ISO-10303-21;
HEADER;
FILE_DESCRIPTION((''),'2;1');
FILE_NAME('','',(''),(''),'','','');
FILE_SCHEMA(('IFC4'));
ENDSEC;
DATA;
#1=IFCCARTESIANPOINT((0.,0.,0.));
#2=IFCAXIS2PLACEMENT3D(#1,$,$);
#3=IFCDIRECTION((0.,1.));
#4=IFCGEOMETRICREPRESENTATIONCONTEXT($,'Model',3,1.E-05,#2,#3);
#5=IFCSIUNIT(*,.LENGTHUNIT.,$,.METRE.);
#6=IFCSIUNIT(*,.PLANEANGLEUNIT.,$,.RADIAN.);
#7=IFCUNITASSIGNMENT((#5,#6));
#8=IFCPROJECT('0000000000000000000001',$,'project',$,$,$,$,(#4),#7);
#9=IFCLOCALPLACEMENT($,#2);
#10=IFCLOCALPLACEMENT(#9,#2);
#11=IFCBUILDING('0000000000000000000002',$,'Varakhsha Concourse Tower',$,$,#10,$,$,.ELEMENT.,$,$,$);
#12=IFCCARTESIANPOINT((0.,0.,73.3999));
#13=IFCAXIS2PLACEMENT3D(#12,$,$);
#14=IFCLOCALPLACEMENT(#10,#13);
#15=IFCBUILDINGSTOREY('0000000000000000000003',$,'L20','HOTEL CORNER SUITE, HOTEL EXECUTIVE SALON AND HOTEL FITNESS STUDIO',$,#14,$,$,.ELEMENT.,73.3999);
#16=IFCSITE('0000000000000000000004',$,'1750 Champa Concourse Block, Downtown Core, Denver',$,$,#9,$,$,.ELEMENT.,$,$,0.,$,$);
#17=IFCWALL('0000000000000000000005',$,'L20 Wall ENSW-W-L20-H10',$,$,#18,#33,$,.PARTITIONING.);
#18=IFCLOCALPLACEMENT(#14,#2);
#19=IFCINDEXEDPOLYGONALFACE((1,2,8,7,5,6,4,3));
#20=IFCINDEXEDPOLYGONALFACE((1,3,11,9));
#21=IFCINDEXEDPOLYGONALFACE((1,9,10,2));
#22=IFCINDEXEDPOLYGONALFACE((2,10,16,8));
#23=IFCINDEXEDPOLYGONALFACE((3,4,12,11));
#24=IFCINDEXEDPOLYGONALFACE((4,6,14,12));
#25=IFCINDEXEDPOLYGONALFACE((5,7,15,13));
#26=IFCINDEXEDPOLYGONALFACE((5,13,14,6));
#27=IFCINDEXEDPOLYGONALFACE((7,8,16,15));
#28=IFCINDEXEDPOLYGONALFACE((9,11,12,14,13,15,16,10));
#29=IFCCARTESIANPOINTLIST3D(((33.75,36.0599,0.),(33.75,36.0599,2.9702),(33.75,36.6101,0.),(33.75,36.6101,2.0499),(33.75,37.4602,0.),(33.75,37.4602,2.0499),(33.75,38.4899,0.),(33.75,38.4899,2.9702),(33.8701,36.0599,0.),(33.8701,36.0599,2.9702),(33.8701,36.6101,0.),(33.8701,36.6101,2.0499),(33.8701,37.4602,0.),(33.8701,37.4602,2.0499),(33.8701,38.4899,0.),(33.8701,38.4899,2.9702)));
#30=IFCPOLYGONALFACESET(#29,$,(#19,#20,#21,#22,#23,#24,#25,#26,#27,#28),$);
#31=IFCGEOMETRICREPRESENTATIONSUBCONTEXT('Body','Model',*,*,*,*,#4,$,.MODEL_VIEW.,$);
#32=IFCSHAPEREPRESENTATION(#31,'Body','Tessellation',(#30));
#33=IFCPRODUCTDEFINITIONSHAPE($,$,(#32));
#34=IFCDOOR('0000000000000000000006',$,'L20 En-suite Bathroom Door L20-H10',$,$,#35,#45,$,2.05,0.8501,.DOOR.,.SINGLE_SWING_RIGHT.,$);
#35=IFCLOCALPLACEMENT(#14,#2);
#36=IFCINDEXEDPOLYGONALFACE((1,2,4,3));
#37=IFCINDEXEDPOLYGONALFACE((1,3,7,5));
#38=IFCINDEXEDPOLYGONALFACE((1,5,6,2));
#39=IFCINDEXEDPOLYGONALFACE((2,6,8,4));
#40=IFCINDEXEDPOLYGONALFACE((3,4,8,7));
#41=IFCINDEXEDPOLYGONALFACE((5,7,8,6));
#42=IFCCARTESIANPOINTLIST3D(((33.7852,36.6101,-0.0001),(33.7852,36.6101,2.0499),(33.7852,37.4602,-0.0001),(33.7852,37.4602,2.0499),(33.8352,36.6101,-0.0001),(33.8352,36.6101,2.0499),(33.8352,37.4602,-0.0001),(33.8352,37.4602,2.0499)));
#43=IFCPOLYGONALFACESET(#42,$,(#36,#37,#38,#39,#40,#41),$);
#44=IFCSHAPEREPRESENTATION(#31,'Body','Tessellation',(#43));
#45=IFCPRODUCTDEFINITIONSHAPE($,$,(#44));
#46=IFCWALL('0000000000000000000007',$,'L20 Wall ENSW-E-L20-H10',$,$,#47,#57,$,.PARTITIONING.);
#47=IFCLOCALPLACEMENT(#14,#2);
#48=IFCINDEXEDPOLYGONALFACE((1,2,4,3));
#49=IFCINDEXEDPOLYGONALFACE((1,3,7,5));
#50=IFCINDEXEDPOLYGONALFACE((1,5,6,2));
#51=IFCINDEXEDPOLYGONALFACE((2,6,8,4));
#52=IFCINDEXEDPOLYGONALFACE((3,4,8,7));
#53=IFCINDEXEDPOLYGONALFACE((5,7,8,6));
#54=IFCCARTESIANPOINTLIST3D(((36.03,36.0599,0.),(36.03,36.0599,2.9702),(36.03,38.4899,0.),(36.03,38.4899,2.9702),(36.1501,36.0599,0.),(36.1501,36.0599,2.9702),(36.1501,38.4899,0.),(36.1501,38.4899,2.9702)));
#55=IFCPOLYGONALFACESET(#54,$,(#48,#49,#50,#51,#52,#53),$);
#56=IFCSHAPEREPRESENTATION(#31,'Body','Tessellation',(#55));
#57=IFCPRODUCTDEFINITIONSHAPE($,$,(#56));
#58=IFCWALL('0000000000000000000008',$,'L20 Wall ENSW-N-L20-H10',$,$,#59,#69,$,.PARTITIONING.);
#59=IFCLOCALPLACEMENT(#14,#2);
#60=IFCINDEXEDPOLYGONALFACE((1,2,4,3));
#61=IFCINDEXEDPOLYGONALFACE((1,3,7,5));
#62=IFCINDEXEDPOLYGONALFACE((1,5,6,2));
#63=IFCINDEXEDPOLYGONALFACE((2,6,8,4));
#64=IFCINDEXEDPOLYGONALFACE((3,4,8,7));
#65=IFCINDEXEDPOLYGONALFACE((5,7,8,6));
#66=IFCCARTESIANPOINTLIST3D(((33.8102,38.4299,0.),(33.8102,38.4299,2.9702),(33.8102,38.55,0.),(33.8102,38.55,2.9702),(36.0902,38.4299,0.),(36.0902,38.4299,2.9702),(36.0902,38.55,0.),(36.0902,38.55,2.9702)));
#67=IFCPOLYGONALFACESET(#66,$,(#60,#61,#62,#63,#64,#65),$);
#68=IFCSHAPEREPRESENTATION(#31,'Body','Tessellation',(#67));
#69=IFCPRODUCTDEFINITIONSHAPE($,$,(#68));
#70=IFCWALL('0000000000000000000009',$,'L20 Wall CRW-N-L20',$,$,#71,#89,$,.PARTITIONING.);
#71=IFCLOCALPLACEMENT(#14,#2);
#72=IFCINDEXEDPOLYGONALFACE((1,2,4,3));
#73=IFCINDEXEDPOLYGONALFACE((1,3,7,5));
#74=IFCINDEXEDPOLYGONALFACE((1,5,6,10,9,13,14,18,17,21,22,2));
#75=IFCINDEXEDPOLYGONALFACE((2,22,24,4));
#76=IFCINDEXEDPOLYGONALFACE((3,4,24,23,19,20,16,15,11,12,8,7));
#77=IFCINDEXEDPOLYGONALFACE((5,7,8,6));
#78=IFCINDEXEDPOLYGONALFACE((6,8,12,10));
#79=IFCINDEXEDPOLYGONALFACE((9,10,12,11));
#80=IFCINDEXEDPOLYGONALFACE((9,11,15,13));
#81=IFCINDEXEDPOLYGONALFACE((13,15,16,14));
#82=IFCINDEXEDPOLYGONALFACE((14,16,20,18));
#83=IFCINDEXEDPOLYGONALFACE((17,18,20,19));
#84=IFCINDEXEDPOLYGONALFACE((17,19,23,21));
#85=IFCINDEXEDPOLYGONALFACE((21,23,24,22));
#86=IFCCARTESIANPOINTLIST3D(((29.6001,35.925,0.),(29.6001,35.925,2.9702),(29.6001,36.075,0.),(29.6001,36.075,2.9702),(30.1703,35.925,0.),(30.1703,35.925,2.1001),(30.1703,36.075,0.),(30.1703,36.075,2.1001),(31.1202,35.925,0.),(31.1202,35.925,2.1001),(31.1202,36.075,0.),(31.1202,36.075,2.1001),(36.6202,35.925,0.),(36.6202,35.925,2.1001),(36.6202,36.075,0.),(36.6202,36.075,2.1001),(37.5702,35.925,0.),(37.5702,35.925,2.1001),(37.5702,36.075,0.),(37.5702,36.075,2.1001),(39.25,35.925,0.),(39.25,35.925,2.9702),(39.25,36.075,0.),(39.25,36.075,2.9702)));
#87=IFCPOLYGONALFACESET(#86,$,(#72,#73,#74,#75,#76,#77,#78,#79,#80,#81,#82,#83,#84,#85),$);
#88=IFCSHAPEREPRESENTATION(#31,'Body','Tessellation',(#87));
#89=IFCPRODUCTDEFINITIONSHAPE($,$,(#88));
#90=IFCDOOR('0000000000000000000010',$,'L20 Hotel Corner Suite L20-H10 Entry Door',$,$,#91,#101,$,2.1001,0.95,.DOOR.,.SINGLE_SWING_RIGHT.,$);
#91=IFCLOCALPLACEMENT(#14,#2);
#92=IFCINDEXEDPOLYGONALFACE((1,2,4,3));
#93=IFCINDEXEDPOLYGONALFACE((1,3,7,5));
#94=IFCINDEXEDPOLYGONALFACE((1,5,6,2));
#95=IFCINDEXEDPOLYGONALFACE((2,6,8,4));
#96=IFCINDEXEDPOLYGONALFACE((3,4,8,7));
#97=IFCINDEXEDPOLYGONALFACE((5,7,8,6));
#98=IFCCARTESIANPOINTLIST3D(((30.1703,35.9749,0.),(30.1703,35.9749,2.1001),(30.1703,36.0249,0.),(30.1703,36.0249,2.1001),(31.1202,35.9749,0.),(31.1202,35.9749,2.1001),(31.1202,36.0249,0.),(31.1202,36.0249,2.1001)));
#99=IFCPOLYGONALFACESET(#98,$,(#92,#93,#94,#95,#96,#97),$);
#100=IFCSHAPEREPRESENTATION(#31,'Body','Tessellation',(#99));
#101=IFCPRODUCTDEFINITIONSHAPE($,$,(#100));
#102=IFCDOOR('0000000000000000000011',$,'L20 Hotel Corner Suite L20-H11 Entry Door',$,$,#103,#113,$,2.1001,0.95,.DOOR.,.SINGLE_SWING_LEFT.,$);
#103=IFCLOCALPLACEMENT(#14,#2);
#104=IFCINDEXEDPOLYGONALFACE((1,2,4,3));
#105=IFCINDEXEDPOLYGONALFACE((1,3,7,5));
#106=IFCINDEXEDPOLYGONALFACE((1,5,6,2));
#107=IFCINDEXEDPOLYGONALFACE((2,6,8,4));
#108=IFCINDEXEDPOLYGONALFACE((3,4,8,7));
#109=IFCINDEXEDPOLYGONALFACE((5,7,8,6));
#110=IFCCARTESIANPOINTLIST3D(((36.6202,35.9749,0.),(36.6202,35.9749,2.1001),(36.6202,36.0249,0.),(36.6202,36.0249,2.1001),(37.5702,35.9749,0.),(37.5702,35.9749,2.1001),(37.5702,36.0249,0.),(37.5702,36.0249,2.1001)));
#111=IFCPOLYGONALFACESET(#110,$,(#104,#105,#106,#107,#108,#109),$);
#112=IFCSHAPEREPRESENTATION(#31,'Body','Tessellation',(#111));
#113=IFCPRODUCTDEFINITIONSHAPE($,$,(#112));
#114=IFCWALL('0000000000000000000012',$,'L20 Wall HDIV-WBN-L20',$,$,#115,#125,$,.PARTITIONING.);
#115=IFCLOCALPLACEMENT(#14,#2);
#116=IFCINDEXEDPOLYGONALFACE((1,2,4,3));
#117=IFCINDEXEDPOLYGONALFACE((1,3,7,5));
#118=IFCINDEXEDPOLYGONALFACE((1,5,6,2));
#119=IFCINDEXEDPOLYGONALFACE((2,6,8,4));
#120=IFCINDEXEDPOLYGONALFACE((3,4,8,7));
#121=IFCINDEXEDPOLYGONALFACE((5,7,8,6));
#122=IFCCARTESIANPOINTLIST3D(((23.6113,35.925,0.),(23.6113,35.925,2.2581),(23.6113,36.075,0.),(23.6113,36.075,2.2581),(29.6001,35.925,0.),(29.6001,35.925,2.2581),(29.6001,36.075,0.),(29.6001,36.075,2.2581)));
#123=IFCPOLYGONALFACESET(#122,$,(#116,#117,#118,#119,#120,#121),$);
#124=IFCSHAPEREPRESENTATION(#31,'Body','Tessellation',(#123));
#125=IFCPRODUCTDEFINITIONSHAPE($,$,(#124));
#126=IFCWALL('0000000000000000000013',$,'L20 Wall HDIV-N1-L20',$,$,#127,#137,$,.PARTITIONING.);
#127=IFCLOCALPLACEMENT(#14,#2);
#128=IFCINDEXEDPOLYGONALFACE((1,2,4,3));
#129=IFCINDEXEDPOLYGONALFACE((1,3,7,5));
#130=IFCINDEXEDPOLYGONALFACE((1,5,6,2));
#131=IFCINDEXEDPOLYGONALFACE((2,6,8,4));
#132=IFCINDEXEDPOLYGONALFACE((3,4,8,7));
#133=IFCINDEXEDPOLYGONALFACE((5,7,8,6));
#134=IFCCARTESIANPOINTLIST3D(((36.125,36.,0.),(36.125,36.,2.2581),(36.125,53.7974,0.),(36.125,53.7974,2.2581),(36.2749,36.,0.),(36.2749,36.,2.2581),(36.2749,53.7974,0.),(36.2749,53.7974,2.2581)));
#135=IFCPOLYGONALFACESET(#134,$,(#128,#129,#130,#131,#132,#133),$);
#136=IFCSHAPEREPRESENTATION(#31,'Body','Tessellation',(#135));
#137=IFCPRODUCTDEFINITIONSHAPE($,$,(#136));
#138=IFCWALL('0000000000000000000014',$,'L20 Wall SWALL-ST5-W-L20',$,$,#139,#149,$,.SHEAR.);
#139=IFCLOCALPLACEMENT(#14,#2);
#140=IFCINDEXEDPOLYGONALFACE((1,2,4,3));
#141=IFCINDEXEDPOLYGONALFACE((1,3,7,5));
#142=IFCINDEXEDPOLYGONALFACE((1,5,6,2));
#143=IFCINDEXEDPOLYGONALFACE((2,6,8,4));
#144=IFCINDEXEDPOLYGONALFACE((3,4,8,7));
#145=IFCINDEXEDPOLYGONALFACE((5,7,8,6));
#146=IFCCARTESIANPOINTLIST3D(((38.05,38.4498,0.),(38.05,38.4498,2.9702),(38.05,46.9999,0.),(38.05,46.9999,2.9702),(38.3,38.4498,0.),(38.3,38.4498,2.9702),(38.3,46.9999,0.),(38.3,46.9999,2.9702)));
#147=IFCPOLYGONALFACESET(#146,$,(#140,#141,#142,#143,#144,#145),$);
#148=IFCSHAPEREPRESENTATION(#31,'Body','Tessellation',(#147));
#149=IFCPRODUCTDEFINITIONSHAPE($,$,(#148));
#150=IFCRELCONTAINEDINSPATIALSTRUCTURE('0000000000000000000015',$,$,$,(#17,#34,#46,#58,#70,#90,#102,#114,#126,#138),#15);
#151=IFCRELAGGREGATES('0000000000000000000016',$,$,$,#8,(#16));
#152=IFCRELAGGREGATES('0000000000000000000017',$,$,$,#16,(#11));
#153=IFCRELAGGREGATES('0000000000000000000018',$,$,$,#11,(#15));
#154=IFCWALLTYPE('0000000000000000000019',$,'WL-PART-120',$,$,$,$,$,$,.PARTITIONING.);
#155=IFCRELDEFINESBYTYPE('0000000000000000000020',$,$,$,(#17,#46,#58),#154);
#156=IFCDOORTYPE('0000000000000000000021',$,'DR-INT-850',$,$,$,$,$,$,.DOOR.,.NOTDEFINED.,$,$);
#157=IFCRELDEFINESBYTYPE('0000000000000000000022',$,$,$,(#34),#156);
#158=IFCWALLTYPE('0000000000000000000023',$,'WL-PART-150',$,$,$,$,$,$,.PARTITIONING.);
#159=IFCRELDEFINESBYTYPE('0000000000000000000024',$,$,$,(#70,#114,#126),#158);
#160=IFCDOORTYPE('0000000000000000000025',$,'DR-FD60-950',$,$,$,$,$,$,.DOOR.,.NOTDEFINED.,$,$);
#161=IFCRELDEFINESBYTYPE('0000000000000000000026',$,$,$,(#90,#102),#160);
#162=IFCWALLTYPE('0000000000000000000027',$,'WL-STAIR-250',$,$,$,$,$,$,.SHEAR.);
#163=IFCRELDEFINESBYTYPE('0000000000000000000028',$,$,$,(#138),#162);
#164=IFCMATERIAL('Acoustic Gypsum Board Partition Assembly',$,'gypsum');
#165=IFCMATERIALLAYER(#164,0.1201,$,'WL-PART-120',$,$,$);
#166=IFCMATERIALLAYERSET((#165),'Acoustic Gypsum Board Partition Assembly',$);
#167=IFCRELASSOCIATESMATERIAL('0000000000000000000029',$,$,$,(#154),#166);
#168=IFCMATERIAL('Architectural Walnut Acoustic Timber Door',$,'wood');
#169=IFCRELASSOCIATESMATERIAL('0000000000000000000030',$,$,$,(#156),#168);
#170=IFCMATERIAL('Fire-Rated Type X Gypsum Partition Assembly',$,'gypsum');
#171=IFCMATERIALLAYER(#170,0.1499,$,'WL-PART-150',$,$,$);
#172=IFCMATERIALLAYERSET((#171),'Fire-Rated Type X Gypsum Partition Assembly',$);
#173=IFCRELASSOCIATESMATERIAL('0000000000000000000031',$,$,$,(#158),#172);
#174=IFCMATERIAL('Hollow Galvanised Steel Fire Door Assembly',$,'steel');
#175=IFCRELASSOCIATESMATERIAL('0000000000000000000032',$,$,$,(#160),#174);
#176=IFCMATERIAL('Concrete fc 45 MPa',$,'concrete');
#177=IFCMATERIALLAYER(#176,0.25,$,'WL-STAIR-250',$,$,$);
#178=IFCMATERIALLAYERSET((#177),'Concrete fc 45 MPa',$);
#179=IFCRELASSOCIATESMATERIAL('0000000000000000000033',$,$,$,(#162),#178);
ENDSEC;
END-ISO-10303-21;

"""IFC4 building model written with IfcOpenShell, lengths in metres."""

from ifc_helpers import new_model, si_unit, direction, frame, frame_2d, origin, place, context, subcontext, project, spatial, rectangle, extrude, material, layer, layer_set, type_object, element, fill, save


model = new_model("IFC4")

# Units and contexts
model_context = context("Model", 3, precision=1e-05, world=origin(), true_north=direction((0.0, 1.0)))
body_context = subcontext(model_context, "Body", "Model", "MODEL_VIEW")
ifc_project = project(units=[si_unit("LENGTHUNIT", "METRE"), si_unit("PLANEANGLEUNIT", "RADIAN")], contexts=[model_context])

# Site, building, storey
site_placement = place(None, origin())
site = spatial("IfcSite", under=ifc_project, at=site_placement, Name="1750 Champa Concourse Block, Downtown Core, Denver", CompositionType="ELEMENT", RefElevation=0.0)
building_placement = place(site_placement, origin())
building = spatial("IfcBuilding", under=site, at=building_placement, Name="Varakhsha Concourse Tower", CompositionType="ELEMENT")
storey_placement = place(building_placement, frame((0.0, 0.0, 73.3999)))
storey = spatial("IfcBuildingStorey", under=building, at=storey_placement, Name="L20", Description="HOTEL CORNER SUITE, HOTEL EXECUTIVE SALON AND HOTEL FITNESS STUDIO", CompositionType="ELEMENT", Elevation=73.3999)

# Shared definitions
ifc_material_1 = material(Name="Acoustic Gypsum Board Partition Assembly", Category="gypsum")
ifc_layer_1 = layer(ifc_material_1, 0.1201, Name="WL-PART-120")
ifc_layer_set_1 = layer_set([ifc_layer_1], Name="Acoustic Gypsum Board Partition Assembly")
wall_type_1 = type_object("IfcWallType", Name="WL-PART-120", PredefinedType="PARTITIONING", material=ifc_layer_set_1)

# Wall, opening, door
wall_1_placement = place(storey_placement, frame((33.8101, 36.0601, 0.0), z_axis=(0.0, 0.0, 1.0), x_axis=(0.0, 1.0, 0.0)))
wall_1 = element("IfcWall", 1, at=wall_1_placement, inside=storey, type_object=wall_type_1, Name="L20 Wall ENSW-W-L20-H10", PredefinedType="PARTITIONING", context=body_context, shape_type="SweptSolid", body=[
    extrude(rectangle(XDim=2.4299, YDim=0.1201, at=frame_2d((1.2148, 0.0))), origin(), (0.0, 0.0, 1.0), 2.9702),
])
opening_1_placement = place(wall_1_placement, frame((0.55, 0.0, 0.0)))
opening_1 = element("IfcOpeningElement", 2, at=opening_1_placement, cuts=wall_1, PredefinedType="OPENING", context=body_context, shape_type="SweptSolid", body=[
    extrude(rectangle(XDim=0.8501, YDim=2.05, at=frame_2d((0.425, 1.0249))), frame((0.0, 0.0701, 0.0), z_axis=(0.0, -1.0, 0.0), x_axis=(1.0, 0.0, 0.0)), (0.0, 0.0, 1.0), 0.1401),
])
ifc_material_2 = material(Name="Architectural Walnut Acoustic Timber Door", Category="wood")
door_type_1 = type_object("IfcDoorType", Name="DR-INT-850", OperationType="NOTDEFINED", PredefinedType="DOOR", material=ifc_material_2)
door_1_placement = place(opening_1_placement, origin())
door_1 = element("IfcDoor", 3, at=door_1_placement, inside=storey, type_object=door_type_1, Name="L20 En-suite Bathroom Door L20-H10", OperationType="SINGLE_SWING_RIGHT", OverallHeight=2.05, OverallWidth=0.8501, PredefinedType="DOOR", context=body_context, shape_type="SweptSolid", body=[
    extrude(rectangle(XDim=0.8501, YDim=2.05, at=frame_2d((0.425, 1.0249))), frame((0.0, 0.0249, 0.0), z_axis=(0.0, -1.0, 0.0), x_axis=(1.0, 0.0, 0.0)), (0.0, 0.0, 1.0), 0.05),
])
fill(opening_1, door_1)

# Walls
wall_2_placement = place(storey_placement, frame((36.0901, 36.0601, 0.0), z_axis=(0.0, 0.0, 1.0), x_axis=(0.0, 1.0, 0.0)))
element("IfcWall", 4, at=wall_2_placement, inside=storey, type_object=wall_type_1, Name="L20 Wall ENSW-E-L20-H10", PredefinedType="PARTITIONING", context=body_context, shape_type="SweptSolid", body=[
    extrude(rectangle(XDim=2.4299, YDim=0.1201, at=frame_2d((1.2148, 0.0))), origin(), (0.0, 0.0, 1.0), 2.9702),
])
wall_3_placement = place(storey_placement, frame((33.8101, 38.49, 0.0), z_axis=(0.0, 0.0, 1.0), x_axis=(1.0, 0.0, 0.0)))
element("IfcWall", 5, at=wall_3_placement, inside=storey, type_object=wall_type_1, Name="L20 Wall ENSW-N-L20-H10", PredefinedType="PARTITIONING", context=body_context, shape_type="SweptSolid", body=[
    extrude(rectangle(XDim=2.28, YDim=0.1201, at=frame_2d((1.1401, 0.0))), origin(), (0.0, 0.0, 1.0), 2.9702),
])

# Wall, openings, doors
ifc_material_3 = material(Name="Fire-Rated Type X Gypsum Partition Assembly", Category="gypsum")
ifc_layer_2 = layer(ifc_material_3, 0.1499, Name="WL-PART-150")
ifc_layer_set_2 = layer_set([ifc_layer_2], Name="Fire-Rated Type X Gypsum Partition Assembly")
wall_type_2 = type_object("IfcWallType", Name="WL-PART-150", PredefinedType="PARTITIONING", material=ifc_layer_set_2)
wall_4_placement = place(storey_placement, frame((29.6001, 36.0, 0.0), z_axis=(0.0, 0.0, 1.0), x_axis=(1.0, 0.0, 0.0)))
wall_4 = element("IfcWall", 6, at=wall_4_placement, inside=storey, type_object=wall_type_2, Name="L20 Wall CRW-N-L20", PredefinedType="PARTITIONING", context=body_context, shape_type="SweptSolid", body=[
    extrude(rectangle(XDim=9.6499, YDim=0.1499, at=frame_2d((4.825, 0.0))), origin(), (0.0, 0.0, 1.0), 2.9702),
])
opening_2_placement = place(wall_4_placement, frame((0.5701, 0.0, 0.0)))
opening_2 = element("IfcOpeningElement", 7, at=opening_2_placement, cuts=wall_4, PredefinedType="OPENING", context=body_context, shape_type="SweptSolid", body=[
    extrude(rectangle(XDim=0.95, YDim=2.1001, at=frame_2d((0.4751, 1.05))), frame((0.0, 0.085, 0.0), z_axis=(0.0, -1.0, 0.0), x_axis=(1.0, 0.0, 0.0)), (0.0, 0.0, 1.0), 0.1699),
])
opening_3_placement = place(wall_4_placement, frame((7.02, 0.0, 0.0)))
opening_3 = element("IfcOpeningElement", 8, at=opening_3_placement, cuts=wall_4, PredefinedType="OPENING", context=body_context, shape_type="SweptSolid", body=[
    extrude(rectangle(XDim=0.95, YDim=2.1001, at=frame_2d((0.4751, 1.05))), frame((0.0, 0.085, 0.0), z_axis=(0.0, -1.0, 0.0), x_axis=(1.0, 0.0, 0.0)), (0.0, 0.0, 1.0), 0.1699),
])
ifc_material_4 = material(Name="Hollow Galvanised Steel Fire Door Assembly", Category="steel")
door_type_2 = type_object("IfcDoorType", Name="DR-FD60-950", OperationType="NOTDEFINED", PredefinedType="DOOR", material=ifc_material_4)
door_2_placement = place(opening_2_placement, origin())
door_2 = element("IfcDoor", 9, at=door_2_placement, inside=storey, type_object=door_type_2, Name="L20 Hotel Corner Suite L20-H10 Entry Door", OperationType="SINGLE_SWING_RIGHT", OverallHeight=2.1001, OverallWidth=0.95, PredefinedType="DOOR", context=body_context, shape_type="SweptSolid", body=[
    extrude(rectangle(XDim=0.95, YDim=2.1001, at=frame_2d((0.4751, 1.05))), frame((0.0, 0.0249, 0.0), z_axis=(0.0, -1.0, 0.0), x_axis=(1.0, 0.0, 0.0)), (0.0, 0.0, 1.0), 0.05),
])
fill(opening_2, door_2)
door_3_placement = place(opening_3_placement, origin())
door_3 = element("IfcDoor", 10, at=door_3_placement, inside=storey, type_object=door_type_2, Name="L20 Hotel Corner Suite L20-H11 Entry Door", OperationType="SINGLE_SWING_LEFT", OverallHeight=2.1001, OverallWidth=0.95, PredefinedType="DOOR", context=body_context, shape_type="SweptSolid", body=[
    extrude(rectangle(XDim=0.95, YDim=2.1001, at=frame_2d((0.4751, 1.05))), frame((0.0, 0.0249, 0.0), z_axis=(0.0, -1.0, 0.0), x_axis=(1.0, 0.0, 0.0)), (0.0, 0.0, 1.0), 0.05),
])
fill(opening_3, door_3)

# Walls
wall_5_placement = place(storey_placement, frame((23.6113, 36.0, 0.0), z_axis=(0.0, 0.0, 1.0), x_axis=(1.0, 0.0, 0.0)))
element("IfcWall", 11, at=wall_5_placement, inside=storey, type_object=wall_type_2, Name="L20 Wall HDIV-WBN-L20", PredefinedType="PARTITIONING", context=body_context, shape_type="SweptSolid", body=[
    extrude(rectangle(XDim=5.9888, YDim=0.1499, at=frame_2d((2.9944, 0.0))), origin(), (0.0, 0.0, 1.0), 2.2581),
])
wall_6_placement = place(storey_placement, frame((36.2, 36.0, 0.0), z_axis=(0.0, 0.0, 1.0), x_axis=(0.0, 1.0, 0.0)))
element("IfcWall", 12, at=wall_6_placement, inside=storey, type_object=wall_type_2, Name="L20 Wall HDIV-N1-L20", PredefinedType="PARTITIONING", context=body_context, shape_type="SweptSolid", body=[
    extrude(rectangle(XDim=17.7974, YDim=0.1499, at=frame_2d((8.8987, 0.0))), origin(), (0.0, 0.0, 1.0), 2.2581),
])
ifc_material_5 = material(Name="Concrete fc 45 MPa", Category="concrete")
ifc_layer_3 = layer(ifc_material_5, 0.25, Name="WL-STAIR-250")
ifc_layer_set_3 = layer_set([ifc_layer_3], Name="Concrete fc 45 MPa")
wall_type_3 = type_object("IfcWallType", Name="WL-STAIR-250", PredefinedType="SHEAR", material=ifc_layer_set_3)
wall_7_placement = place(storey_placement, frame((38.175, 38.45, 0.0), z_axis=(0.0, 0.0, 1.0), x_axis=(0.0, 1.0, 0.0)))
element("IfcWall", 13, at=wall_7_placement, inside=storey, type_object=wall_type_3, Name="L20 Wall SWALL-ST5-W-L20", PredefinedType="SHEAR", context=body_context, shape_type="SweptSolid", body=[
    extrude(rectangle(XDim=8.55, YDim=0.25, at=frame_2d((4.2749, 0.0))), origin(), (0.0, 0.0, 1.0), 2.9702),
])

save(model, "model.ifc")
